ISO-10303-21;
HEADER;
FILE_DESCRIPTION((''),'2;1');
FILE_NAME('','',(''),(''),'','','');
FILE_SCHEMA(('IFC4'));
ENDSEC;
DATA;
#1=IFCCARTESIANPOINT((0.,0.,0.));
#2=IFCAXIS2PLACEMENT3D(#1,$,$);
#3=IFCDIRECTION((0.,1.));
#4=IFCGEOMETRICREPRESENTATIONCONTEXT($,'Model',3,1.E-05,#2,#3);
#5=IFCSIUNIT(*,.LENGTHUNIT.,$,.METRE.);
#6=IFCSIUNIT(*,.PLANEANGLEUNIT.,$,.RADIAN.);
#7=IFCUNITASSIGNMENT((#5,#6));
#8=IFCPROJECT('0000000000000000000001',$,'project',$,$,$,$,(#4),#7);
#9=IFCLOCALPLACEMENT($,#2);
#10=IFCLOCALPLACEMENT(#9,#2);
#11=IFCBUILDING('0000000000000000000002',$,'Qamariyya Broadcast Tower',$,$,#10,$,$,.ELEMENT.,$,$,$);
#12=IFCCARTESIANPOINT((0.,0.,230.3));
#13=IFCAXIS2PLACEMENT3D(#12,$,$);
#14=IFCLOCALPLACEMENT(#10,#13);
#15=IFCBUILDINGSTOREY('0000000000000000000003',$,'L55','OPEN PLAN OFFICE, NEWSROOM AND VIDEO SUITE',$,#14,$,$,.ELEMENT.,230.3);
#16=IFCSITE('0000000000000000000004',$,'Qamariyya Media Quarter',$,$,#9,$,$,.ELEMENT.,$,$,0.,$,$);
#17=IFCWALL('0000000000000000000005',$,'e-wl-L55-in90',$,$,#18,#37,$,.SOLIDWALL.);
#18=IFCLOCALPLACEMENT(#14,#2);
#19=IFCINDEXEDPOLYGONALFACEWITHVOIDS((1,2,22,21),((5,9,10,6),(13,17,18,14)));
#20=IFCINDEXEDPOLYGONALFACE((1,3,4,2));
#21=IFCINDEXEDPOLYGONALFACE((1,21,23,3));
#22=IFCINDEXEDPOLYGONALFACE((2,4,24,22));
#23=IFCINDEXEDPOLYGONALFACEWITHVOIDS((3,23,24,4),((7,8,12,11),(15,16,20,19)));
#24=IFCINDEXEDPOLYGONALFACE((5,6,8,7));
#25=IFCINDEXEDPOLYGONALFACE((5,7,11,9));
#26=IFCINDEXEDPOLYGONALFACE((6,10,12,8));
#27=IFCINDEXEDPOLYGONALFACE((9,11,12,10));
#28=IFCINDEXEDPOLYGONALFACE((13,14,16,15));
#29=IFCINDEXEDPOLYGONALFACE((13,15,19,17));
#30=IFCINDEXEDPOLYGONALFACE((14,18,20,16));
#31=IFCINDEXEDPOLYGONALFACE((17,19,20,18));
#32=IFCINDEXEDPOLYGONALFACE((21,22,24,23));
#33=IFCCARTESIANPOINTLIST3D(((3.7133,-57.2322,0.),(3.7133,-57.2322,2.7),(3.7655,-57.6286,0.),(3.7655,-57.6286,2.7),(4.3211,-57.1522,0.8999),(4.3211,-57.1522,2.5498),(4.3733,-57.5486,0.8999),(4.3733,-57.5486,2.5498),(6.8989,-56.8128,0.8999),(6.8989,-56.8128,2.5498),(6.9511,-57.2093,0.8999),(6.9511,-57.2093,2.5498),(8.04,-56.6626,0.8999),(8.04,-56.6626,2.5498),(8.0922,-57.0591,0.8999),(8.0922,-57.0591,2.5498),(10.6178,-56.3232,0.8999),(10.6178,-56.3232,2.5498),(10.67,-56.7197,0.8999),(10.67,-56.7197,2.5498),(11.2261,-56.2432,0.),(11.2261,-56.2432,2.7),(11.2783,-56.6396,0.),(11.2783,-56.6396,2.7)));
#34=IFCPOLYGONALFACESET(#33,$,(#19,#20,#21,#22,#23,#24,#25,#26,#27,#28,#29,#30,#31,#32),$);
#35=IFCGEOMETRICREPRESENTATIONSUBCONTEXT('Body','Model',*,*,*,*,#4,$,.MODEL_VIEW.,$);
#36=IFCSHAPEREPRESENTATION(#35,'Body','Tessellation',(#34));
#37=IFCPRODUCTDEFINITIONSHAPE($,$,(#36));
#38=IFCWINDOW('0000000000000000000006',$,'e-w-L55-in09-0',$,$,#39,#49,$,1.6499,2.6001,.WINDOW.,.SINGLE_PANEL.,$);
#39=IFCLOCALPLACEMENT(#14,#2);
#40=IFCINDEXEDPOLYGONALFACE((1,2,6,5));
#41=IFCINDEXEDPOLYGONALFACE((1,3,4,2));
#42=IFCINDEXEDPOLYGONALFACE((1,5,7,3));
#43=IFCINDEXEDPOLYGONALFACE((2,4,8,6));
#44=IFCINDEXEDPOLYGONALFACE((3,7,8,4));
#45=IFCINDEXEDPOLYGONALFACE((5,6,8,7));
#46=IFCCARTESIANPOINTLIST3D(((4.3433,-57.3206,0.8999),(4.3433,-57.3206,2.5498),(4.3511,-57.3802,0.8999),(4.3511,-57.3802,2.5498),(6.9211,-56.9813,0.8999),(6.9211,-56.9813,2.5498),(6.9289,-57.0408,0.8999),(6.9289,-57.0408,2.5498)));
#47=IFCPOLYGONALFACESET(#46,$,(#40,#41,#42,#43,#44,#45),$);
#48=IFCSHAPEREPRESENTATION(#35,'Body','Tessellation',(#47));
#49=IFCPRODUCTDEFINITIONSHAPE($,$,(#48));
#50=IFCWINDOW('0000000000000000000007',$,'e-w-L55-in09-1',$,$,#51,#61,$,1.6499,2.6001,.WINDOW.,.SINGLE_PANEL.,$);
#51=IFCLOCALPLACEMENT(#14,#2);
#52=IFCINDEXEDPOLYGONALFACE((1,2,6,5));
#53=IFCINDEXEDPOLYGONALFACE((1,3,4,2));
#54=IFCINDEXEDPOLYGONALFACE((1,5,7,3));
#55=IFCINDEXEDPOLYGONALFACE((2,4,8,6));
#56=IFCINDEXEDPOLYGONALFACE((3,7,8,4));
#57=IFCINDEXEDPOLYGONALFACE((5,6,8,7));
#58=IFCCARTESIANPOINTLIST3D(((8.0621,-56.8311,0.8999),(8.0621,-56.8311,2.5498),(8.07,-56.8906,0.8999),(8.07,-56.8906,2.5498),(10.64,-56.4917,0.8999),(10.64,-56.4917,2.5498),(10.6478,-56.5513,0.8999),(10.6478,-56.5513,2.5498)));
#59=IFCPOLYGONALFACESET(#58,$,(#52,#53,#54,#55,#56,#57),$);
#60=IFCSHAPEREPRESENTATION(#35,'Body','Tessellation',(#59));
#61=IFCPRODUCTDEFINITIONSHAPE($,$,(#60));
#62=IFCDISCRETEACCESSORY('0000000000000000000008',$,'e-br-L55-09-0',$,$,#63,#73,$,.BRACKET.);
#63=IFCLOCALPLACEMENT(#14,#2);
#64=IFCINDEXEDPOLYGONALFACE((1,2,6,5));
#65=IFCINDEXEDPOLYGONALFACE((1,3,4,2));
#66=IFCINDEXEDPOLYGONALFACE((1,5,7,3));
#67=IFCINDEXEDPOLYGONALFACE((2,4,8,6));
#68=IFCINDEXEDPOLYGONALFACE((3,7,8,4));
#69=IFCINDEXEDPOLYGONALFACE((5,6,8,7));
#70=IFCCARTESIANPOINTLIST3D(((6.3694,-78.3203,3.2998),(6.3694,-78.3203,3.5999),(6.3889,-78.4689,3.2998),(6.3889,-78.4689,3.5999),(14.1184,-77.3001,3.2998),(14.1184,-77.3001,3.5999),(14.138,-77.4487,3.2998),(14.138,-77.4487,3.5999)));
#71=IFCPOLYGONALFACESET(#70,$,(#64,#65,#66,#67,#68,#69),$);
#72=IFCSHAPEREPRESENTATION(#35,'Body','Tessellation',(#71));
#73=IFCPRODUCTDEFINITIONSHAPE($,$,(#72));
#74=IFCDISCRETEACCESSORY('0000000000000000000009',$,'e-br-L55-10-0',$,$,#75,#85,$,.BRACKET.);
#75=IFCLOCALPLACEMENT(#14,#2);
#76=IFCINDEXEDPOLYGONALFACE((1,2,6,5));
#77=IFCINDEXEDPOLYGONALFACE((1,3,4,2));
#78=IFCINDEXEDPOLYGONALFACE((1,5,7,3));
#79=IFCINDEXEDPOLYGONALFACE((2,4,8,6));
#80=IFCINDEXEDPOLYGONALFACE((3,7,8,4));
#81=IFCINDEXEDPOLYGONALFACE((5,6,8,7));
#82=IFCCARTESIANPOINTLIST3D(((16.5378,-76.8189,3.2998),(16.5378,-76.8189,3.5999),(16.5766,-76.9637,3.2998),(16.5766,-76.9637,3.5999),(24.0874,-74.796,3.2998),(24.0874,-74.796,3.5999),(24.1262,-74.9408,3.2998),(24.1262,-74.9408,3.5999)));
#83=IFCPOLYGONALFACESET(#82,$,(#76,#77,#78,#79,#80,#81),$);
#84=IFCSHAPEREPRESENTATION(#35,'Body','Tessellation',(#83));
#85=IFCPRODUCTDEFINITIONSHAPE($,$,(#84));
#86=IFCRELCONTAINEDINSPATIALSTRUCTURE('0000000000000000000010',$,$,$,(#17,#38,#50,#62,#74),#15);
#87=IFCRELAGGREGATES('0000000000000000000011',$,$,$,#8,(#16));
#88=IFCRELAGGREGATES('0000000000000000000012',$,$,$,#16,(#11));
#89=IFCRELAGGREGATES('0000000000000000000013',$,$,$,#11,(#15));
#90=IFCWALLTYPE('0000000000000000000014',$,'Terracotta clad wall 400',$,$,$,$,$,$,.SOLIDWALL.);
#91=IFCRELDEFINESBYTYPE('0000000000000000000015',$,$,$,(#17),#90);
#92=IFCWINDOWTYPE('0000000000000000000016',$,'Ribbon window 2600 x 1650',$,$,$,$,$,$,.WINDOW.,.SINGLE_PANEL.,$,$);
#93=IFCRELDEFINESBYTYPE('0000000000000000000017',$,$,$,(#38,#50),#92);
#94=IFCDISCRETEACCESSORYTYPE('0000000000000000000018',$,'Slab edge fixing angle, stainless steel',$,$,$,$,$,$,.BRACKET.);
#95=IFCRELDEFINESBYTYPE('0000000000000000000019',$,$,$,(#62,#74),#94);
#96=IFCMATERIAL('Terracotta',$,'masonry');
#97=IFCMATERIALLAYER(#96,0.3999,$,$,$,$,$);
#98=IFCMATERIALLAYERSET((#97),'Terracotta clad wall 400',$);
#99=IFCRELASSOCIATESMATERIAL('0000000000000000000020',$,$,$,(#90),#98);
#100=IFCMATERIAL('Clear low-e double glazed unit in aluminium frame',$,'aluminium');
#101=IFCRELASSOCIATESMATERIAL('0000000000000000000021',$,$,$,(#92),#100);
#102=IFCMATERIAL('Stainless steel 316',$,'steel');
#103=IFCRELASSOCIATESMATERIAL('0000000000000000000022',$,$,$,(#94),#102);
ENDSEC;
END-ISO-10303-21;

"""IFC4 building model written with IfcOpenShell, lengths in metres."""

from ifc_helpers import new_model, si_unit, direction, frame, frame_2d, origin, origin_2d, place, context, subcontext, project, spatial, rectangle, extrude, material, layer, layer_set, type_object, element, fill, save


model = new_model("IFC4")

# Units and contexts
model_context = context("Model", 3, precision=1e-05, world=origin(), true_north=direction((0.0, 1.0)))
body_context = subcontext(model_context, "Body", "Model", "MODEL_VIEW")
ifc_project = project(units=[si_unit("LENGTHUNIT", "METRE"), si_unit("PLANEANGLEUNIT", "RADIAN")], contexts=[model_context])

# Site, building, storey
site_placement = place(None, origin())
site = spatial("IfcSite", under=ifc_project, at=site_placement, Name="Qamariyya Media Quarter", CompositionType="ELEMENT", RefElevation=0.0)
building_placement = place(site_placement, origin())
building = spatial("IfcBuilding", under=site, at=building_placement, Name="Qamariyya Broadcast Tower", CompositionType="ELEMENT")
storey_placement = place(building_placement, frame((0.0, 0.0, 230.3)))
storey = spatial("IfcBuildingStorey", under=building, at=storey_placement, Name="L55", Description="OPEN PLAN OFFICE, NEWSROOM AND VIDEO SUITE", CompositionType="ELEMENT", Elevation=230.3)

# Wall, openings, windows
ifc_material_1 = material(Name="Terracotta", Category="masonry")
ifc_layer_1 = layer(ifc_material_1, 0.3999)
ifc_layer_set_1 = layer_set([ifc_layer_1], Name="Terracotta clad wall 400")
wall_type_1 = type_object("IfcWallType", Name="Terracotta clad wall 400", PredefinedType="SOLIDWALL", material=ifc_layer_set_1)
wall_1_placement = place(storey_placement, frame((11.2522, -56.4414, 0.0), z_axis=(0.0, 0.0, 1.0), x_axis=(-0.991446, -0.130515, 0.0)))
wall_1 = element("IfcWall", 1, at=wall_1_placement, inside=storey, type_object=wall_type_1, Name="e-wl-L55-in90", PredefinedType="SOLIDWALL", context=body_context, shape_type="SweptSolid", body=[
    extrude(rectangle(XDim=7.5776, YDim=0.3999, at=frame_2d((3.7888, 0.0))), origin(), (0.0, 0.0, 1.0), 2.7),
])
opening_1_placement = place(wall_1_placement, frame((4.3645, 0.0, 0.8999)))
opening_1 = element("IfcOpeningElement", 2, at=opening_1_placement, cuts=wall_1, PredefinedType="OPENING", context=body_context, shape_type="SweptSolid", body=[
    extrude(rectangle(XDim=2.6001, YDim=1.6499, at=frame_2d((1.3, 0.825))), frame((0.0, 0.21, 0.0), z_axis=(0.0, -1.0, 0.0), x_axis=(1.0, 0.0, 0.0)), (0.0, 0.0, 1.0), 0.4199),
])
opening_2_placement = place(wall_1_placement, frame((0.6135, 0.0, 0.8999)))
opening_2 = element("IfcOpeningElement", 3, at=opening_2_placement, cuts=wall_1, PredefinedType="OPENING", context=body_context, shape_type="SweptSolid", body=[
    extrude(rectangle(XDim=2.6001, YDim=1.6499, at=frame_2d((1.3, 0.825))), frame((0.0, 0.21, 0.0), z_axis=(0.0, -1.0, 0.0), x_axis=(1.0, 0.0, 0.0)), (0.0, 0.0, 1.0), 0.4199),
])
ifc_material_2 = material(Name="Clear low-e double glazed unit in aluminium frame", Category="aluminium")
window_type = type_object("IfcWindowType", Name="Ribbon window 2600 x 1650", PartitioningType="SINGLE_PANEL", PredefinedType="WINDOW", material=ifc_material_2)
window_1_placement = place(opening_1_placement, origin())
window_1 = element("IfcWindow", 4, at=window_1_placement, inside=storey, type_object=window_type, Name="e-w-L55-in09-0", OverallHeight=1.6499, OverallWidth=2.6001, PartitioningType="SINGLE_PANEL", PredefinedType="WINDOW", context=body_context, shape_type="SweptSolid", body=[
    extrude(rectangle(XDim=2.6001, YDim=1.6499, at=frame_2d((1.3, 0.825))), frame((0.0, 0.03, 0.0), z_axis=(0.0, -1.0, 0.0), x_axis=(1.0, 0.0, 0.0)), (0.0, 0.0, 1.0), 0.0601),
])
fill(opening_1, window_1)
window_2_placement = place(opening_2_placement, origin())
window_2 = element("IfcWindow", 5, at=window_2_placement, inside=storey, type_object=window_type, Name="e-w-L55-in09-1", OverallHeight=1.6499, OverallWidth=2.6001, PartitioningType="SINGLE_PANEL", PredefinedType="WINDOW", context=body_context, shape_type="SweptSolid", body=[
    extrude(rectangle(XDim=2.6001, YDim=1.6499, at=frame_2d((1.3, 0.825))), frame((0.0, 0.03, 0.0), z_axis=(0.0, -1.0, 0.0), x_axis=(1.0, 0.0, 0.0)), (0.0, 0.0, 1.0), 0.0601),
])
fill(opening_2, window_2)

# Discrete accessories
ifc_material_3 = material(Name="Stainless steel 316", Category="steel")
discrete_accessory_type = type_object("IfcDiscreteAccessoryType", Name="Slab edge fixing angle, stainless steel", PredefinedType="BRACKET", material=ifc_material_3)
for number, where, z_axis, x_axis, name in (
    (6, (10.2537, -77.8845, 3.2998), (0.0, 0.0, 1.0), (0.991445, 0.130526, 0.0), "e-br-L55-09-0"),
    (7, (20.332, -75.8799, 3.2998), (0.0, 0.0, 1.0), (0.965926, 0.258819, 0.0), "e-br-L55-10-0"),
):
    element("IfcDiscreteAccessory", number, at=place(storey_placement, frame(where, z_axis=z_axis, x_axis=x_axis)), inside=storey, type_object=discrete_accessory_type, Name=name, PredefinedType="BRACKET", context=body_context, shape_type="SweptSolid", body=[
        extrude(rectangle(XDim=7.8159, YDim=0.1499, at=origin_2d()), origin(), (0.0, 0.0, 1.0), 0.3),
    ])

save(model, "model.ifc")
